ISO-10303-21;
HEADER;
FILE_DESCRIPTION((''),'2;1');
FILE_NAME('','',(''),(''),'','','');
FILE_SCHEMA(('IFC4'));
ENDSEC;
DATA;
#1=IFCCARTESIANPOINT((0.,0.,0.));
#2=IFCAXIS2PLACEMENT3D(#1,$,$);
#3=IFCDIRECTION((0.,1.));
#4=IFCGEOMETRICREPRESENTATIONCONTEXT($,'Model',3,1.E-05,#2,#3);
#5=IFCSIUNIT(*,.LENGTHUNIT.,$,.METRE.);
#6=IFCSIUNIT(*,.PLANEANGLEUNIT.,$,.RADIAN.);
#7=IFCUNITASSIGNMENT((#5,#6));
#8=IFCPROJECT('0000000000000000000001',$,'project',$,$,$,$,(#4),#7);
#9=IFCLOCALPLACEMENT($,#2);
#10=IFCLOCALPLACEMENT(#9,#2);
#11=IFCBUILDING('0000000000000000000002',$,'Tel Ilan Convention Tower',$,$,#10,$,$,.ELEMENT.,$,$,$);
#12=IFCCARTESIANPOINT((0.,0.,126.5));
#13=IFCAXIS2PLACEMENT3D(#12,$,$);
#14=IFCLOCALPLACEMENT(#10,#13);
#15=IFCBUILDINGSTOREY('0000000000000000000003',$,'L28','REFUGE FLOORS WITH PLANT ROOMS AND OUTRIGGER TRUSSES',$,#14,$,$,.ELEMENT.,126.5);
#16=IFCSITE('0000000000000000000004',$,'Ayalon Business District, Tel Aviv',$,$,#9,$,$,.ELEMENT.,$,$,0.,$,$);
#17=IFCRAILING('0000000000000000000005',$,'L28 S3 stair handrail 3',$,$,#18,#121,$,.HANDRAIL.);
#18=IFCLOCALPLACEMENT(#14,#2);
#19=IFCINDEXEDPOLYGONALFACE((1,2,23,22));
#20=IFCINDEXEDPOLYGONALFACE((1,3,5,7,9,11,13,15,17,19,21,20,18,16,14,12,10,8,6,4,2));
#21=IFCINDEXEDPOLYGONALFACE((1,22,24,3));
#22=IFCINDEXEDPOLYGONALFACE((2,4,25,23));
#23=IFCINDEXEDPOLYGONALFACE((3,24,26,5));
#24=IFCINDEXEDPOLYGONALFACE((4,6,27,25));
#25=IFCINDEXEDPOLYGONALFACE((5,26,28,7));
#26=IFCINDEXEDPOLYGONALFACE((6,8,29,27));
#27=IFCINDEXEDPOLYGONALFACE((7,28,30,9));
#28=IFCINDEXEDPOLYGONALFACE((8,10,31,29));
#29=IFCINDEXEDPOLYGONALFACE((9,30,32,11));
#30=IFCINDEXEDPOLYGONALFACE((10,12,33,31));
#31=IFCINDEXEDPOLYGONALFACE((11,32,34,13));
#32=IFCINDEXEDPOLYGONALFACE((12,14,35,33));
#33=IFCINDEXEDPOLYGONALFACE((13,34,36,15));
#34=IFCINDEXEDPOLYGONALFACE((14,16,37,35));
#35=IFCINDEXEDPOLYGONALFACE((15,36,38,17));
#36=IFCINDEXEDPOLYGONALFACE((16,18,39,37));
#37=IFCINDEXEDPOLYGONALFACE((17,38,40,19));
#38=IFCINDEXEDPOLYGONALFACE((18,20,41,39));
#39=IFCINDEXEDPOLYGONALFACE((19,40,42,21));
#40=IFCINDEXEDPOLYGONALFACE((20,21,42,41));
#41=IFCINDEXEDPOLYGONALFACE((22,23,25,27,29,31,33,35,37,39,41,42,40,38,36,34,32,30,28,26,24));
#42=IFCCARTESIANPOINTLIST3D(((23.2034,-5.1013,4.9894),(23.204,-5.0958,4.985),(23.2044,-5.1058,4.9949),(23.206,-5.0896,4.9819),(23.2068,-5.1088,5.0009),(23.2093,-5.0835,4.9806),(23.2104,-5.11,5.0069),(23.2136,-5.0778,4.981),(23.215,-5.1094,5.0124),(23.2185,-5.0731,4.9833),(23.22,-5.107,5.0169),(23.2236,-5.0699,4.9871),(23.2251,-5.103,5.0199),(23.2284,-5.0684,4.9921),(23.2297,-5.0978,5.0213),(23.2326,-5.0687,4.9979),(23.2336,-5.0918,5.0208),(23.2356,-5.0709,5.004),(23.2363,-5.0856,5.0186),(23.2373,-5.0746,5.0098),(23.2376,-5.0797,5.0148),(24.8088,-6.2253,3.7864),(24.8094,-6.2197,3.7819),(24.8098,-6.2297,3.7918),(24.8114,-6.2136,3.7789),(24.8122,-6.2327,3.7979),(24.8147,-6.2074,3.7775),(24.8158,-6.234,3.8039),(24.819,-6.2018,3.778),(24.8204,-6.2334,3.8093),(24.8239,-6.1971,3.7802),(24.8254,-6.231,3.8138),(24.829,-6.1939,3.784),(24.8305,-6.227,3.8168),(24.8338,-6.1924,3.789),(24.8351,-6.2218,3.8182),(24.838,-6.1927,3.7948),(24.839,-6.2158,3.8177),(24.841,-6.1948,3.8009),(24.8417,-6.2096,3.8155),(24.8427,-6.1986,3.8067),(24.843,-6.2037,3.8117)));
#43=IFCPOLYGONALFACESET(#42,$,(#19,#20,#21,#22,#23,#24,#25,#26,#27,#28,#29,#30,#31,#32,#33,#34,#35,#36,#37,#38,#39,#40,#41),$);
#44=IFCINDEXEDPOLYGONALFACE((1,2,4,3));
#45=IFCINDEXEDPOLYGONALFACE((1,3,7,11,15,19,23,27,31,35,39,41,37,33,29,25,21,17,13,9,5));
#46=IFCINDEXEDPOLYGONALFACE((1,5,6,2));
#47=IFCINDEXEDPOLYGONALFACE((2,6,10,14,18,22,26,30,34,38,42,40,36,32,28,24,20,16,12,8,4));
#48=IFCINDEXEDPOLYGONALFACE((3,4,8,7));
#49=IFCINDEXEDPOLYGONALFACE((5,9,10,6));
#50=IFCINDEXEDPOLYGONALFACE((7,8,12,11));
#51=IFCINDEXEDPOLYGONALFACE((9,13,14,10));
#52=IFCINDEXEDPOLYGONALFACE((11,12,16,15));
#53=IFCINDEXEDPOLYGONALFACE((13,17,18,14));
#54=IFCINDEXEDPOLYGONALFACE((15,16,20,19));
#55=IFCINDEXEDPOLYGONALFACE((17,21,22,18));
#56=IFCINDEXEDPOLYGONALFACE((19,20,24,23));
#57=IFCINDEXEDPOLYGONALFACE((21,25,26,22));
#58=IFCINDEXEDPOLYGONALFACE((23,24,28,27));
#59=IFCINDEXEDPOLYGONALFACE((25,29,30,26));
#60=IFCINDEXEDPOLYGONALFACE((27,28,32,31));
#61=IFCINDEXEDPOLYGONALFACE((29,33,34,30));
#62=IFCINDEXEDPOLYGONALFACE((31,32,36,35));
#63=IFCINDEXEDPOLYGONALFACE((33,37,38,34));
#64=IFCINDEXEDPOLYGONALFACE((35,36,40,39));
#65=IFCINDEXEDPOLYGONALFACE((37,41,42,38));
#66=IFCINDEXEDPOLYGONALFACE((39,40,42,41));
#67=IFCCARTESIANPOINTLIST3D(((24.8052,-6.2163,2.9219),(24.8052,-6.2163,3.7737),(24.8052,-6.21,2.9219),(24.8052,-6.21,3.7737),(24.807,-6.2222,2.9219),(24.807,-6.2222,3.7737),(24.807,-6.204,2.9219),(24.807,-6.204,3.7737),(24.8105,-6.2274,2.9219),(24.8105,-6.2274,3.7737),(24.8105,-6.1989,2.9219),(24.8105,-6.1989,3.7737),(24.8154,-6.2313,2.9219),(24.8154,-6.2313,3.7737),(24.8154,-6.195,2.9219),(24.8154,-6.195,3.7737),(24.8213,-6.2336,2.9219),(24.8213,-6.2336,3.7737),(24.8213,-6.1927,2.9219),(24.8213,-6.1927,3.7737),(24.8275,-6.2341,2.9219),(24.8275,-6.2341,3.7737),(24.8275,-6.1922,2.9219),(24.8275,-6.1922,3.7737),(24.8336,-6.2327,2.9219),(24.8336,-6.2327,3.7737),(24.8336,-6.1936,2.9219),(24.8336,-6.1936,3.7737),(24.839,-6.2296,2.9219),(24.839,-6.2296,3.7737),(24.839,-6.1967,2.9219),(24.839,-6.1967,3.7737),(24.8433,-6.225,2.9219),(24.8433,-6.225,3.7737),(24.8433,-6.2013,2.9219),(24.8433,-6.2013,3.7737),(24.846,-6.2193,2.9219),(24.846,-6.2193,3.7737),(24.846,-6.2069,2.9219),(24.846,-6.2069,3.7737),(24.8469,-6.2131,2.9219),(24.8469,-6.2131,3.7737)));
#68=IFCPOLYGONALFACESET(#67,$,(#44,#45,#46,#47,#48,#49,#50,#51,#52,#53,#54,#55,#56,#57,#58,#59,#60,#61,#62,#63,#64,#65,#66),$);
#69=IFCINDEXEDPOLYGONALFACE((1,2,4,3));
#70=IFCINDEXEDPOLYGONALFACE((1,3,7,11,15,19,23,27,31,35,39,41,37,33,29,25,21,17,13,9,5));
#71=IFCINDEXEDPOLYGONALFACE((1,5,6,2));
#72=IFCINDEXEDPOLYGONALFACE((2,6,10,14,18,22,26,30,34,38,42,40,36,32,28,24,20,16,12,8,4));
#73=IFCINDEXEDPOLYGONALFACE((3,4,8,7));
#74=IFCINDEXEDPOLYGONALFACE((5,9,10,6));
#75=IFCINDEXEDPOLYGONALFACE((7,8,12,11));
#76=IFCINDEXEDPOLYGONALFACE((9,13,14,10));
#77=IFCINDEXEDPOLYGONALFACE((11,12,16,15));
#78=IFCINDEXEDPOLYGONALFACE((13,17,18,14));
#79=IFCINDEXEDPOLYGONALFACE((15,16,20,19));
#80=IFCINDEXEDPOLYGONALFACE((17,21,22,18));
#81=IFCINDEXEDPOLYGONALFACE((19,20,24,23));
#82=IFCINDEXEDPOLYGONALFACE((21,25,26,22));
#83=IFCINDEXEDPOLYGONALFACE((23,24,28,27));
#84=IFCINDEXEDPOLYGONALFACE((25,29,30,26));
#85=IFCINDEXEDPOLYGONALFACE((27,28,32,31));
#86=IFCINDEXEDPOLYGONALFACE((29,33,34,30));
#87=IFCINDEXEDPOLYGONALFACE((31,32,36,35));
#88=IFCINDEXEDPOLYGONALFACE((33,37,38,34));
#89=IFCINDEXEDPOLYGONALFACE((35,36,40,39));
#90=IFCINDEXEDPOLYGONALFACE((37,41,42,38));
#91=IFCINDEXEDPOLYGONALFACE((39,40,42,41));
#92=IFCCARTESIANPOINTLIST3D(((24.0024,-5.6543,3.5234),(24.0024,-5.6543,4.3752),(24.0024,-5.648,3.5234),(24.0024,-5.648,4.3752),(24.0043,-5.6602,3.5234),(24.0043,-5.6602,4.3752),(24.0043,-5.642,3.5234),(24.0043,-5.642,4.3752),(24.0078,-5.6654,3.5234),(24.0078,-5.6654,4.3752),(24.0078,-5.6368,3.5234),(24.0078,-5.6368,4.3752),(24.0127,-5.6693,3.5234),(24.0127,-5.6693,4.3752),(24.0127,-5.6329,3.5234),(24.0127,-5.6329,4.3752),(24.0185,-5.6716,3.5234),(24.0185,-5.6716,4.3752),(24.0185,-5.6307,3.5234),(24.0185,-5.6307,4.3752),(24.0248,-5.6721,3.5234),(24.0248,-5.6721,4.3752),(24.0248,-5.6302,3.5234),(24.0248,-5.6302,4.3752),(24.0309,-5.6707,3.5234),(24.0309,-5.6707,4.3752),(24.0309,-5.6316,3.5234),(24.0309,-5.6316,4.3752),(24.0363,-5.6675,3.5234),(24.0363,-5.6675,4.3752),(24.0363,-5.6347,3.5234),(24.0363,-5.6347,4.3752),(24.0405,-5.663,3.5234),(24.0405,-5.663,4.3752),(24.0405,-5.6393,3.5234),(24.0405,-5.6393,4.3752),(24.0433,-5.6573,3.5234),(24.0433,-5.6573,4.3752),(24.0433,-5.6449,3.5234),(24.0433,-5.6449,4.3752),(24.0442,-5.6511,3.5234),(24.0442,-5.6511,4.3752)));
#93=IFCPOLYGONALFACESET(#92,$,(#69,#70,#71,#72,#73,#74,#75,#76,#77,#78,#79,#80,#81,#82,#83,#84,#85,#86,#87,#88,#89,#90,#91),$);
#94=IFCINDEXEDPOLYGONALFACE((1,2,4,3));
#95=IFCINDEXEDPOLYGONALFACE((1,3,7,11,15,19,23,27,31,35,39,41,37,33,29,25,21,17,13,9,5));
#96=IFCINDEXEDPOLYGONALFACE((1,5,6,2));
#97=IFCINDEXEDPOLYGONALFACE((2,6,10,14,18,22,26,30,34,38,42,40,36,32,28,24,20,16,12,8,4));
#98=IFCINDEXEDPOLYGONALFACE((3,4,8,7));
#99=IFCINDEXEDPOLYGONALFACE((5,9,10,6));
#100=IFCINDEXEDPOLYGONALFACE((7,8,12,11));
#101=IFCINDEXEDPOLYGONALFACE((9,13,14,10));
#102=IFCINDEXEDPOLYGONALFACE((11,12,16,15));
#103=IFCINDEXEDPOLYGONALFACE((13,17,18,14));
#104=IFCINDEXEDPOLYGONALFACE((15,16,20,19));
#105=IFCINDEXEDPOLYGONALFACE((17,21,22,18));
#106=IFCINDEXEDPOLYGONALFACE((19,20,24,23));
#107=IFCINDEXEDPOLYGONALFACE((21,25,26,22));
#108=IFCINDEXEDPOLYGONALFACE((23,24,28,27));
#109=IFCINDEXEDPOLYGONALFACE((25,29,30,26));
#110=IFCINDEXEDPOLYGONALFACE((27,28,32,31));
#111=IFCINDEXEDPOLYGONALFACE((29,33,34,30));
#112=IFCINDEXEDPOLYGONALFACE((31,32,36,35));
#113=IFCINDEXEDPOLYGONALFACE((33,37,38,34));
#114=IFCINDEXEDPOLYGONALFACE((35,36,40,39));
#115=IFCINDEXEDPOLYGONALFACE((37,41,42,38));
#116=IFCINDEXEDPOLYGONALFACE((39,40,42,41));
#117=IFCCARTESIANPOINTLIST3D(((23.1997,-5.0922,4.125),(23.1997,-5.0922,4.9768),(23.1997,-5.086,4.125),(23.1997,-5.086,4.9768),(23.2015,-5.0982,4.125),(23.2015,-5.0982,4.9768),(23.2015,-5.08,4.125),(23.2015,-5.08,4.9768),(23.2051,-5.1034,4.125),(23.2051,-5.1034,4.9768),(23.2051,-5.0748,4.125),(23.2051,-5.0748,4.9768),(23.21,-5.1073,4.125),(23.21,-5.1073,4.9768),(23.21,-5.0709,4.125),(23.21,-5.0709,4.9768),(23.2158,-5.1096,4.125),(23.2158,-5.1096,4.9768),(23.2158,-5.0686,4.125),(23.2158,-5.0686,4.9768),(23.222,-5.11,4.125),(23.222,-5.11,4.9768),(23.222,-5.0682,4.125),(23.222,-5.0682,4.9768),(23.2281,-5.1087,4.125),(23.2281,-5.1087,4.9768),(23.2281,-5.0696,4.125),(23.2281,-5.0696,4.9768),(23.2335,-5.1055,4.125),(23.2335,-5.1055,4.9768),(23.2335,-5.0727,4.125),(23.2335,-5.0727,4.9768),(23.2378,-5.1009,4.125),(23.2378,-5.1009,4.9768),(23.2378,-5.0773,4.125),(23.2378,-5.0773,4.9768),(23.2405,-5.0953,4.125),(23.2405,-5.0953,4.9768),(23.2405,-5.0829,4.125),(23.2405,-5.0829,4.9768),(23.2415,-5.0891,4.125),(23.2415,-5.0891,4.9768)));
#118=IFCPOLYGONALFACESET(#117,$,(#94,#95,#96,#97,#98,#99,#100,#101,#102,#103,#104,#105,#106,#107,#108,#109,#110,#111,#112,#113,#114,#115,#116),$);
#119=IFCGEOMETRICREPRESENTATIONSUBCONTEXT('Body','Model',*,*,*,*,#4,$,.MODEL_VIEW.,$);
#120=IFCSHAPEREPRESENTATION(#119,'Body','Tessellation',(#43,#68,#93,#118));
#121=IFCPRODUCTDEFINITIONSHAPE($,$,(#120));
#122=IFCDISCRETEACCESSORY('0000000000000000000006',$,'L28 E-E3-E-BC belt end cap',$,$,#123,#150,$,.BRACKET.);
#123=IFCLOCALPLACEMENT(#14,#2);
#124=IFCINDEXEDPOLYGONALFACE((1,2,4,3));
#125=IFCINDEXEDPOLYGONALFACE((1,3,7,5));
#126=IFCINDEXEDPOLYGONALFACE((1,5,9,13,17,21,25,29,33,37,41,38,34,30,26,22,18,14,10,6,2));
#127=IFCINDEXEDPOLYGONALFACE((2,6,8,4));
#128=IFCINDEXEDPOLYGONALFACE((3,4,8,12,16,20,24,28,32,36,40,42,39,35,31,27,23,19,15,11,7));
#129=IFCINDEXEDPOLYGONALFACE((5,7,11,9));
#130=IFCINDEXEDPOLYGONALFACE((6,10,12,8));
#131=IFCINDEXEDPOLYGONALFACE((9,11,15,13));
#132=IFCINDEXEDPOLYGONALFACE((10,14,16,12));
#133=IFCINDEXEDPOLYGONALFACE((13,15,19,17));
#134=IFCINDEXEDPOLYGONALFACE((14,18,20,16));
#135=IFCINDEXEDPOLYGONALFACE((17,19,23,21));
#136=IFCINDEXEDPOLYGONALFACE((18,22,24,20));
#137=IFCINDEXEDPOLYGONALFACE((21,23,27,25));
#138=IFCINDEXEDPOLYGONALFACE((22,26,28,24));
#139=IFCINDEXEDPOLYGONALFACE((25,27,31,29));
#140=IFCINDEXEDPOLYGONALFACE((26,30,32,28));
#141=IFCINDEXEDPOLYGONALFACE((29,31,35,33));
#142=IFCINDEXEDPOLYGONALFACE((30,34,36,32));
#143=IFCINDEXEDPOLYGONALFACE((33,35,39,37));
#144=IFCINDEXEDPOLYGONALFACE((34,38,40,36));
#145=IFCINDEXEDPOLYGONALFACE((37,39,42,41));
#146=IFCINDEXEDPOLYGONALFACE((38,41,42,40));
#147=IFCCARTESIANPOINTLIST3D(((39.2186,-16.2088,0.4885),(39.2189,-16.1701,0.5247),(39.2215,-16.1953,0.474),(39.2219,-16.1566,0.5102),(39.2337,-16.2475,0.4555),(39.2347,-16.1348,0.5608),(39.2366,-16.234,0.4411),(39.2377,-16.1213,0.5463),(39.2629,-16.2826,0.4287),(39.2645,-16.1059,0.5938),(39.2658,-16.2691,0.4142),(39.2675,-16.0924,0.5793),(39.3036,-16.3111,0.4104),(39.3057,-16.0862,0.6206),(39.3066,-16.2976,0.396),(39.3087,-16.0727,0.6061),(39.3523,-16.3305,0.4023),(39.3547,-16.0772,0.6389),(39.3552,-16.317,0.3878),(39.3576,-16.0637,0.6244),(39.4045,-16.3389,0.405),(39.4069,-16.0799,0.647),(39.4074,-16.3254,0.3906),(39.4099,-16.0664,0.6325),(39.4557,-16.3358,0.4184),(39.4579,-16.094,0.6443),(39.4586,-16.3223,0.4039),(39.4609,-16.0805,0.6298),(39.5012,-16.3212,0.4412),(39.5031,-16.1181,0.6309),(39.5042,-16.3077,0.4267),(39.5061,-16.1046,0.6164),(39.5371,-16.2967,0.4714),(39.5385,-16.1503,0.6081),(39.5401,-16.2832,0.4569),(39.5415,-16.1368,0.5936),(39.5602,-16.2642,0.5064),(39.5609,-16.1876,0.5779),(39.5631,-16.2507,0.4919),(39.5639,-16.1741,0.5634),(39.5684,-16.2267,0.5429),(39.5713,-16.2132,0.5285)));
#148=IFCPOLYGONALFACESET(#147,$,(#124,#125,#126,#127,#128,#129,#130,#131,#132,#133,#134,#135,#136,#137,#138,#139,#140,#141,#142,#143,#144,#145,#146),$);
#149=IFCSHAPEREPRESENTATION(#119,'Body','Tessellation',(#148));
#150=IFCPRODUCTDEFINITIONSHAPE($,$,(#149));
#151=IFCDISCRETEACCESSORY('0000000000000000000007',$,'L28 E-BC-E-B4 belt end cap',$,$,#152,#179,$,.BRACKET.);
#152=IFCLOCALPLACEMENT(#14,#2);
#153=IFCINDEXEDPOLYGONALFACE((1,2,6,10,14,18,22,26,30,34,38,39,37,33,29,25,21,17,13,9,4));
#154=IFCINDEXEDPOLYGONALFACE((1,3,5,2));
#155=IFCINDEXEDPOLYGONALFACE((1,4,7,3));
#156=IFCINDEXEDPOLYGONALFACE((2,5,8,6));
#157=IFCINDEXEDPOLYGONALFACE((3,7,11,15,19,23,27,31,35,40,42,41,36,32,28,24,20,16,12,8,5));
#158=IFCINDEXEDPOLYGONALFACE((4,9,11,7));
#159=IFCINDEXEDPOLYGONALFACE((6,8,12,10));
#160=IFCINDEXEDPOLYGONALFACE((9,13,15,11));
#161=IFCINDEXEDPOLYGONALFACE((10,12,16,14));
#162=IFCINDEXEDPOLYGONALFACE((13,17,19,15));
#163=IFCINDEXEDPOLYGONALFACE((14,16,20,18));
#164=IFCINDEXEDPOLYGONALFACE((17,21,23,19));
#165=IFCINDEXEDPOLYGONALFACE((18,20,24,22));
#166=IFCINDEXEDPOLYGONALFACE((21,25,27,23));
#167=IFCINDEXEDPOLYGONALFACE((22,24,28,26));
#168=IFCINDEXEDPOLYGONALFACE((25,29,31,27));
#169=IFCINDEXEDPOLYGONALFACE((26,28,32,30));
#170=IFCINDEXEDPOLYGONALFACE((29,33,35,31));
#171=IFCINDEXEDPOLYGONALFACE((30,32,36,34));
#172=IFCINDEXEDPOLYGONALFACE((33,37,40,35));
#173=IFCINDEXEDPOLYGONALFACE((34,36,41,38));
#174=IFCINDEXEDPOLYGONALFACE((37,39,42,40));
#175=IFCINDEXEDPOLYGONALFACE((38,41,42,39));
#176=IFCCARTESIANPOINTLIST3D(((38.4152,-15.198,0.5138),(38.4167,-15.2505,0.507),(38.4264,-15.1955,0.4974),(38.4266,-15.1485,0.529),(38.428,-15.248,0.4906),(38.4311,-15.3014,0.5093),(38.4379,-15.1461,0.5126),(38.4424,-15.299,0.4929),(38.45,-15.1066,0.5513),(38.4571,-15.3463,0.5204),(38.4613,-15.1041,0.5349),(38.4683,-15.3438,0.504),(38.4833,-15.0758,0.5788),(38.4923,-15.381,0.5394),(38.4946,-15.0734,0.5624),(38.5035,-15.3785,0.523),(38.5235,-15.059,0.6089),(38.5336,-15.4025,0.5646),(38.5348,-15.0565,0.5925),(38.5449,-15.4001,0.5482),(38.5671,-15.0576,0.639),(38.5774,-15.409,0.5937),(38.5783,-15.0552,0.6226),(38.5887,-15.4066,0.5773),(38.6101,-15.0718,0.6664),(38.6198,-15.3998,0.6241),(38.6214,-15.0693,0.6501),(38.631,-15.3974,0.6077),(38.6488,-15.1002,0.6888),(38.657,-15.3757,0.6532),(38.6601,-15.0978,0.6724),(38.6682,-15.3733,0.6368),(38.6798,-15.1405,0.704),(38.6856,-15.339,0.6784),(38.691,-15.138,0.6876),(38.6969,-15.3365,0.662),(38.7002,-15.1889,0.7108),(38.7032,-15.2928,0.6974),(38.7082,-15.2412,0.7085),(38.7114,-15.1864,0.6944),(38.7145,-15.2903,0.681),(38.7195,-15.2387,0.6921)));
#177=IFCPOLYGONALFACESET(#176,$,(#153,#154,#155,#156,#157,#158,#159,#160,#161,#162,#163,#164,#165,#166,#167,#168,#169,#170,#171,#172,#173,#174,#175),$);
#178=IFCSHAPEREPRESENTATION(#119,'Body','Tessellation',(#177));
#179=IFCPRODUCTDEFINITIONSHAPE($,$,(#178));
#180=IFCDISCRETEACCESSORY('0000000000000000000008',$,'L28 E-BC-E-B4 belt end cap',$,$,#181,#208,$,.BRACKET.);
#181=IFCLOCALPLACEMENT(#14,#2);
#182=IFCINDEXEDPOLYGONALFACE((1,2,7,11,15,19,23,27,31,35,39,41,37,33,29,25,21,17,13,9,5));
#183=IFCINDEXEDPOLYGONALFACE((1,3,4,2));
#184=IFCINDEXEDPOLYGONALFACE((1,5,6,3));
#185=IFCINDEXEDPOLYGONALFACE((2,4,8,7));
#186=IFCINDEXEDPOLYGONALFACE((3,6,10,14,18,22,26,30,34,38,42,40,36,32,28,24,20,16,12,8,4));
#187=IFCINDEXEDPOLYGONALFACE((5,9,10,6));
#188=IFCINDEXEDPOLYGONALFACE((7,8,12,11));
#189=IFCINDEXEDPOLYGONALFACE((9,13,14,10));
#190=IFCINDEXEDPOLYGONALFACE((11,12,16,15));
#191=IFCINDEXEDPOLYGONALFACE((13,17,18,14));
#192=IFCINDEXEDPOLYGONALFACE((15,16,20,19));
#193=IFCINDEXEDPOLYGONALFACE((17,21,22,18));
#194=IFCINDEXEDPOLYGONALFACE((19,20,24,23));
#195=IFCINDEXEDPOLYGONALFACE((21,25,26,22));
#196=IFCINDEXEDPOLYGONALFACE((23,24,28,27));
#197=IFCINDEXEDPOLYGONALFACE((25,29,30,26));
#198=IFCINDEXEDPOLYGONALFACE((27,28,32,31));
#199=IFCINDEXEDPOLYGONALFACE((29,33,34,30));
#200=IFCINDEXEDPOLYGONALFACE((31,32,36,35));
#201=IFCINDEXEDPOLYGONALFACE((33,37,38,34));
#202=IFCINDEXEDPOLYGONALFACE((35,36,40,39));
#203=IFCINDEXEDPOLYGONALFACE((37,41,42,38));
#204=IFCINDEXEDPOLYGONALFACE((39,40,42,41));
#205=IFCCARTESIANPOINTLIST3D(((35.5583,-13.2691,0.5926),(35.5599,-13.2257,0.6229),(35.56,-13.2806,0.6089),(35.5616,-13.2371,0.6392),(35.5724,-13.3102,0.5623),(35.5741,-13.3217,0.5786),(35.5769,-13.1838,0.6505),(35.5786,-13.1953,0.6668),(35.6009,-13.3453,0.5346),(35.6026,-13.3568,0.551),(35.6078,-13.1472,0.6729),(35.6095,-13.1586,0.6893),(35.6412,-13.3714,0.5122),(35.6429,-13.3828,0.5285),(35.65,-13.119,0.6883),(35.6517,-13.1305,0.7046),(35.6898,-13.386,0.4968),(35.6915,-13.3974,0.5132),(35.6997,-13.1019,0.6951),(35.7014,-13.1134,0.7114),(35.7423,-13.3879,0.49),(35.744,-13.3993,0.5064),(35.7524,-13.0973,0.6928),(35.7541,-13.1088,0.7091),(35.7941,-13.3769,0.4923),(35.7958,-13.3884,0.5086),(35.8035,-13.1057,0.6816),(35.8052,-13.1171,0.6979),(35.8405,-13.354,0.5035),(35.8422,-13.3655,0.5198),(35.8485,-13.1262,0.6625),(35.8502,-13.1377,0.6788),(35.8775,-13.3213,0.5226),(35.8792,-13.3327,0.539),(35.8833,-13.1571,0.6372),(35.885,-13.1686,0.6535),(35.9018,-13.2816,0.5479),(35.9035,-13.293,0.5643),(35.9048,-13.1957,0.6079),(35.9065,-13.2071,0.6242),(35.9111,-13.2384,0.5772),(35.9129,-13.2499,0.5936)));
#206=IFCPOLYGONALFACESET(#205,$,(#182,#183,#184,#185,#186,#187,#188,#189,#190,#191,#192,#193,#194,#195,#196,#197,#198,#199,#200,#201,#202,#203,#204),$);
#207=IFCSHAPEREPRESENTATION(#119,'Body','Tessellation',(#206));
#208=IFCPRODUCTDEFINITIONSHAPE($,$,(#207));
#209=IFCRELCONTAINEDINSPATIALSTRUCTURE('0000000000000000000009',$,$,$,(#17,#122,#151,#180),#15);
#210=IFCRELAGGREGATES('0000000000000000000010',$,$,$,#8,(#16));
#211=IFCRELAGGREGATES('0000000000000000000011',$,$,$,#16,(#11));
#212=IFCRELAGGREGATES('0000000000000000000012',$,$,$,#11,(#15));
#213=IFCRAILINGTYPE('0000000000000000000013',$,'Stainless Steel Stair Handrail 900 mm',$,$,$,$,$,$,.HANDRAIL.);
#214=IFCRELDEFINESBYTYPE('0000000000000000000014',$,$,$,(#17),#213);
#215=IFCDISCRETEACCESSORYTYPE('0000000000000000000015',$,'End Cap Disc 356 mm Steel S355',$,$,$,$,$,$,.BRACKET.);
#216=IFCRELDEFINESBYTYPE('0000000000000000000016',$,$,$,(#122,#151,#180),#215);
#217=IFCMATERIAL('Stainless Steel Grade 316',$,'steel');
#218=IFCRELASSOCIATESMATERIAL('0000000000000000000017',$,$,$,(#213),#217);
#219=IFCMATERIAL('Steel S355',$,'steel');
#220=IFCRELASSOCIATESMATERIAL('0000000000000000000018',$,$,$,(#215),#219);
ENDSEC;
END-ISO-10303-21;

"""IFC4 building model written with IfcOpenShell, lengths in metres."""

from ifc_helpers import new_model, si_unit, direction, frame, origin, origin_2d, place, context, subcontext, project, spatial, circle, extrude, material, material_profile, profile_set, type_object, element, save


model = new_model("IFC4")

# Units and contexts
model_context = context("Model", 3, precision=1e-05, world=origin(), true_north=direction((0.0, 1.0)))
body_context = subcontext(model_context, "Body", "Model", "MODEL_VIEW")
ifc_project = project(units=[si_unit("LENGTHUNIT", "METRE"), si_unit("PLANEANGLEUNIT", "RADIAN")], contexts=[model_context])

# Site, building, storey
site_placement = place(None, origin())
site = spatial("IfcSite", under=ifc_project, at=site_placement, Name="Ayalon Business District, Tel Aviv", CompositionType="ELEMENT", RefElevation=0.0)
building_placement = place(site_placement, origin())
building = spatial("IfcBuilding", under=site, at=building_placement, Name="Tel Ilan Convention Tower", CompositionType="ELEMENT")
storey_placement = place(building_placement, frame((0.0, 0.0, 126.5)))
storey = spatial("IfcBuildingStorey", under=building, at=storey_placement, Name="L28", Description="REFUGE FLOORS WITH PLANT ROOMS AND OUTRIGGER TRUSSES", CompositionType="ELEMENT", Elevation=126.5)

# Railing
ifc_material_1 = material(Name="Stainless Steel Grade 316", Category="steel")
railing_type_1 = type_object("IfcRailingType", Name="Stainless Steel Stair Handrail 900 mm", PredefinedType="HANDRAIL", material=ifc_material_1)
for number, where, name in (
    (1, (24.8259, -6.2131, 2.9219), "L28 S3 stair handrail 3"),
):
    element("IfcRailing", number, at=place(storey_placement, frame(where)), inside=storey, type_object=railing_type_1, Name=name, PredefinedType="HANDRAIL", context=body_context, shape_type="SweptSolid", body=[
        extrude(circle(Radius=0.0239, at=origin_2d()), frame((0.0, 0.0, 0.876), z_axis=(-0.698131, 0.488777, 0.523174), x_axis=(-0.573529, -0.819185, 0.0)), (0.0, 0.0, 1.0), 2.2996),
        extrude(circle(Radius=0.021, at=origin_2d()), origin(), (0.0, 0.0, 1.0), 0.8518),
        extrude(circle(Radius=0.021, at=origin_2d()), frame((-0.8027, 0.562, 0.6016)), (0.0, 0.0, 1.0), 0.8518),
        extrude(circle(Radius=0.021, at=origin_2d()), frame((-1.6055, 1.124, 1.2031)), (0.0, 0.0, 1.0), 0.8518),
    ])

# Discrete accessories
ifc_material_2 = material(Name="Steel S355", Category="steel")
ifc_material_profile_1 = material_profile(ifc_material_2, circle(Radius=0.1777, at=origin_2d()), Name="End Cap Disc 356 mm Steel S355")
ifc_profile_set_1 = profile_set([ifc_material_profile_1], Name="Steel S355")
discrete_accessory_type_1 = type_object("IfcDiscreteAccessoryType", Name="End Cap Disc 356 mm Steel S355", PredefinedType="BRACKET", material=ifc_profile_set_1)
for number, where, z_axis, x_axis, name in (
    (2, (39.3926, -16.208, 0.5247), (0.147153, 0.674453, -0.723504), (-0.977016, 0.213167, 0.0), "L28 E-E3-E-BC belt end cap"),
    (3, (38.5613, -15.2327, 0.6089), (0.56177, 0.122124, -0.81823), (-0.21243, 0.977176, 0.0), "L28 E-BC-E-B4 belt end cap"),
    (4, (35.7358, -13.2544, 0.6089), (-0.08522, 0.572193, -0.815679), (-0.98909, -0.147311, 0.0), "L28 E-BC-E-B4 belt end cap"),
):
    element("IfcDiscreteAccessory", number, at=place(storey_placement, frame(where, z_axis=z_axis, x_axis=x_axis)), inside=storey, type_object=discrete_accessory_type_1, Name=name, PredefinedType="BRACKET", context=body_context, shape_type="SweptSolid", body=[
        extrude(circle(Radius=0.1777, at=origin_2d()), origin(), (0.0, 0.0, 1.0), 0.02),
    ])

save(model, "model.ifc")
